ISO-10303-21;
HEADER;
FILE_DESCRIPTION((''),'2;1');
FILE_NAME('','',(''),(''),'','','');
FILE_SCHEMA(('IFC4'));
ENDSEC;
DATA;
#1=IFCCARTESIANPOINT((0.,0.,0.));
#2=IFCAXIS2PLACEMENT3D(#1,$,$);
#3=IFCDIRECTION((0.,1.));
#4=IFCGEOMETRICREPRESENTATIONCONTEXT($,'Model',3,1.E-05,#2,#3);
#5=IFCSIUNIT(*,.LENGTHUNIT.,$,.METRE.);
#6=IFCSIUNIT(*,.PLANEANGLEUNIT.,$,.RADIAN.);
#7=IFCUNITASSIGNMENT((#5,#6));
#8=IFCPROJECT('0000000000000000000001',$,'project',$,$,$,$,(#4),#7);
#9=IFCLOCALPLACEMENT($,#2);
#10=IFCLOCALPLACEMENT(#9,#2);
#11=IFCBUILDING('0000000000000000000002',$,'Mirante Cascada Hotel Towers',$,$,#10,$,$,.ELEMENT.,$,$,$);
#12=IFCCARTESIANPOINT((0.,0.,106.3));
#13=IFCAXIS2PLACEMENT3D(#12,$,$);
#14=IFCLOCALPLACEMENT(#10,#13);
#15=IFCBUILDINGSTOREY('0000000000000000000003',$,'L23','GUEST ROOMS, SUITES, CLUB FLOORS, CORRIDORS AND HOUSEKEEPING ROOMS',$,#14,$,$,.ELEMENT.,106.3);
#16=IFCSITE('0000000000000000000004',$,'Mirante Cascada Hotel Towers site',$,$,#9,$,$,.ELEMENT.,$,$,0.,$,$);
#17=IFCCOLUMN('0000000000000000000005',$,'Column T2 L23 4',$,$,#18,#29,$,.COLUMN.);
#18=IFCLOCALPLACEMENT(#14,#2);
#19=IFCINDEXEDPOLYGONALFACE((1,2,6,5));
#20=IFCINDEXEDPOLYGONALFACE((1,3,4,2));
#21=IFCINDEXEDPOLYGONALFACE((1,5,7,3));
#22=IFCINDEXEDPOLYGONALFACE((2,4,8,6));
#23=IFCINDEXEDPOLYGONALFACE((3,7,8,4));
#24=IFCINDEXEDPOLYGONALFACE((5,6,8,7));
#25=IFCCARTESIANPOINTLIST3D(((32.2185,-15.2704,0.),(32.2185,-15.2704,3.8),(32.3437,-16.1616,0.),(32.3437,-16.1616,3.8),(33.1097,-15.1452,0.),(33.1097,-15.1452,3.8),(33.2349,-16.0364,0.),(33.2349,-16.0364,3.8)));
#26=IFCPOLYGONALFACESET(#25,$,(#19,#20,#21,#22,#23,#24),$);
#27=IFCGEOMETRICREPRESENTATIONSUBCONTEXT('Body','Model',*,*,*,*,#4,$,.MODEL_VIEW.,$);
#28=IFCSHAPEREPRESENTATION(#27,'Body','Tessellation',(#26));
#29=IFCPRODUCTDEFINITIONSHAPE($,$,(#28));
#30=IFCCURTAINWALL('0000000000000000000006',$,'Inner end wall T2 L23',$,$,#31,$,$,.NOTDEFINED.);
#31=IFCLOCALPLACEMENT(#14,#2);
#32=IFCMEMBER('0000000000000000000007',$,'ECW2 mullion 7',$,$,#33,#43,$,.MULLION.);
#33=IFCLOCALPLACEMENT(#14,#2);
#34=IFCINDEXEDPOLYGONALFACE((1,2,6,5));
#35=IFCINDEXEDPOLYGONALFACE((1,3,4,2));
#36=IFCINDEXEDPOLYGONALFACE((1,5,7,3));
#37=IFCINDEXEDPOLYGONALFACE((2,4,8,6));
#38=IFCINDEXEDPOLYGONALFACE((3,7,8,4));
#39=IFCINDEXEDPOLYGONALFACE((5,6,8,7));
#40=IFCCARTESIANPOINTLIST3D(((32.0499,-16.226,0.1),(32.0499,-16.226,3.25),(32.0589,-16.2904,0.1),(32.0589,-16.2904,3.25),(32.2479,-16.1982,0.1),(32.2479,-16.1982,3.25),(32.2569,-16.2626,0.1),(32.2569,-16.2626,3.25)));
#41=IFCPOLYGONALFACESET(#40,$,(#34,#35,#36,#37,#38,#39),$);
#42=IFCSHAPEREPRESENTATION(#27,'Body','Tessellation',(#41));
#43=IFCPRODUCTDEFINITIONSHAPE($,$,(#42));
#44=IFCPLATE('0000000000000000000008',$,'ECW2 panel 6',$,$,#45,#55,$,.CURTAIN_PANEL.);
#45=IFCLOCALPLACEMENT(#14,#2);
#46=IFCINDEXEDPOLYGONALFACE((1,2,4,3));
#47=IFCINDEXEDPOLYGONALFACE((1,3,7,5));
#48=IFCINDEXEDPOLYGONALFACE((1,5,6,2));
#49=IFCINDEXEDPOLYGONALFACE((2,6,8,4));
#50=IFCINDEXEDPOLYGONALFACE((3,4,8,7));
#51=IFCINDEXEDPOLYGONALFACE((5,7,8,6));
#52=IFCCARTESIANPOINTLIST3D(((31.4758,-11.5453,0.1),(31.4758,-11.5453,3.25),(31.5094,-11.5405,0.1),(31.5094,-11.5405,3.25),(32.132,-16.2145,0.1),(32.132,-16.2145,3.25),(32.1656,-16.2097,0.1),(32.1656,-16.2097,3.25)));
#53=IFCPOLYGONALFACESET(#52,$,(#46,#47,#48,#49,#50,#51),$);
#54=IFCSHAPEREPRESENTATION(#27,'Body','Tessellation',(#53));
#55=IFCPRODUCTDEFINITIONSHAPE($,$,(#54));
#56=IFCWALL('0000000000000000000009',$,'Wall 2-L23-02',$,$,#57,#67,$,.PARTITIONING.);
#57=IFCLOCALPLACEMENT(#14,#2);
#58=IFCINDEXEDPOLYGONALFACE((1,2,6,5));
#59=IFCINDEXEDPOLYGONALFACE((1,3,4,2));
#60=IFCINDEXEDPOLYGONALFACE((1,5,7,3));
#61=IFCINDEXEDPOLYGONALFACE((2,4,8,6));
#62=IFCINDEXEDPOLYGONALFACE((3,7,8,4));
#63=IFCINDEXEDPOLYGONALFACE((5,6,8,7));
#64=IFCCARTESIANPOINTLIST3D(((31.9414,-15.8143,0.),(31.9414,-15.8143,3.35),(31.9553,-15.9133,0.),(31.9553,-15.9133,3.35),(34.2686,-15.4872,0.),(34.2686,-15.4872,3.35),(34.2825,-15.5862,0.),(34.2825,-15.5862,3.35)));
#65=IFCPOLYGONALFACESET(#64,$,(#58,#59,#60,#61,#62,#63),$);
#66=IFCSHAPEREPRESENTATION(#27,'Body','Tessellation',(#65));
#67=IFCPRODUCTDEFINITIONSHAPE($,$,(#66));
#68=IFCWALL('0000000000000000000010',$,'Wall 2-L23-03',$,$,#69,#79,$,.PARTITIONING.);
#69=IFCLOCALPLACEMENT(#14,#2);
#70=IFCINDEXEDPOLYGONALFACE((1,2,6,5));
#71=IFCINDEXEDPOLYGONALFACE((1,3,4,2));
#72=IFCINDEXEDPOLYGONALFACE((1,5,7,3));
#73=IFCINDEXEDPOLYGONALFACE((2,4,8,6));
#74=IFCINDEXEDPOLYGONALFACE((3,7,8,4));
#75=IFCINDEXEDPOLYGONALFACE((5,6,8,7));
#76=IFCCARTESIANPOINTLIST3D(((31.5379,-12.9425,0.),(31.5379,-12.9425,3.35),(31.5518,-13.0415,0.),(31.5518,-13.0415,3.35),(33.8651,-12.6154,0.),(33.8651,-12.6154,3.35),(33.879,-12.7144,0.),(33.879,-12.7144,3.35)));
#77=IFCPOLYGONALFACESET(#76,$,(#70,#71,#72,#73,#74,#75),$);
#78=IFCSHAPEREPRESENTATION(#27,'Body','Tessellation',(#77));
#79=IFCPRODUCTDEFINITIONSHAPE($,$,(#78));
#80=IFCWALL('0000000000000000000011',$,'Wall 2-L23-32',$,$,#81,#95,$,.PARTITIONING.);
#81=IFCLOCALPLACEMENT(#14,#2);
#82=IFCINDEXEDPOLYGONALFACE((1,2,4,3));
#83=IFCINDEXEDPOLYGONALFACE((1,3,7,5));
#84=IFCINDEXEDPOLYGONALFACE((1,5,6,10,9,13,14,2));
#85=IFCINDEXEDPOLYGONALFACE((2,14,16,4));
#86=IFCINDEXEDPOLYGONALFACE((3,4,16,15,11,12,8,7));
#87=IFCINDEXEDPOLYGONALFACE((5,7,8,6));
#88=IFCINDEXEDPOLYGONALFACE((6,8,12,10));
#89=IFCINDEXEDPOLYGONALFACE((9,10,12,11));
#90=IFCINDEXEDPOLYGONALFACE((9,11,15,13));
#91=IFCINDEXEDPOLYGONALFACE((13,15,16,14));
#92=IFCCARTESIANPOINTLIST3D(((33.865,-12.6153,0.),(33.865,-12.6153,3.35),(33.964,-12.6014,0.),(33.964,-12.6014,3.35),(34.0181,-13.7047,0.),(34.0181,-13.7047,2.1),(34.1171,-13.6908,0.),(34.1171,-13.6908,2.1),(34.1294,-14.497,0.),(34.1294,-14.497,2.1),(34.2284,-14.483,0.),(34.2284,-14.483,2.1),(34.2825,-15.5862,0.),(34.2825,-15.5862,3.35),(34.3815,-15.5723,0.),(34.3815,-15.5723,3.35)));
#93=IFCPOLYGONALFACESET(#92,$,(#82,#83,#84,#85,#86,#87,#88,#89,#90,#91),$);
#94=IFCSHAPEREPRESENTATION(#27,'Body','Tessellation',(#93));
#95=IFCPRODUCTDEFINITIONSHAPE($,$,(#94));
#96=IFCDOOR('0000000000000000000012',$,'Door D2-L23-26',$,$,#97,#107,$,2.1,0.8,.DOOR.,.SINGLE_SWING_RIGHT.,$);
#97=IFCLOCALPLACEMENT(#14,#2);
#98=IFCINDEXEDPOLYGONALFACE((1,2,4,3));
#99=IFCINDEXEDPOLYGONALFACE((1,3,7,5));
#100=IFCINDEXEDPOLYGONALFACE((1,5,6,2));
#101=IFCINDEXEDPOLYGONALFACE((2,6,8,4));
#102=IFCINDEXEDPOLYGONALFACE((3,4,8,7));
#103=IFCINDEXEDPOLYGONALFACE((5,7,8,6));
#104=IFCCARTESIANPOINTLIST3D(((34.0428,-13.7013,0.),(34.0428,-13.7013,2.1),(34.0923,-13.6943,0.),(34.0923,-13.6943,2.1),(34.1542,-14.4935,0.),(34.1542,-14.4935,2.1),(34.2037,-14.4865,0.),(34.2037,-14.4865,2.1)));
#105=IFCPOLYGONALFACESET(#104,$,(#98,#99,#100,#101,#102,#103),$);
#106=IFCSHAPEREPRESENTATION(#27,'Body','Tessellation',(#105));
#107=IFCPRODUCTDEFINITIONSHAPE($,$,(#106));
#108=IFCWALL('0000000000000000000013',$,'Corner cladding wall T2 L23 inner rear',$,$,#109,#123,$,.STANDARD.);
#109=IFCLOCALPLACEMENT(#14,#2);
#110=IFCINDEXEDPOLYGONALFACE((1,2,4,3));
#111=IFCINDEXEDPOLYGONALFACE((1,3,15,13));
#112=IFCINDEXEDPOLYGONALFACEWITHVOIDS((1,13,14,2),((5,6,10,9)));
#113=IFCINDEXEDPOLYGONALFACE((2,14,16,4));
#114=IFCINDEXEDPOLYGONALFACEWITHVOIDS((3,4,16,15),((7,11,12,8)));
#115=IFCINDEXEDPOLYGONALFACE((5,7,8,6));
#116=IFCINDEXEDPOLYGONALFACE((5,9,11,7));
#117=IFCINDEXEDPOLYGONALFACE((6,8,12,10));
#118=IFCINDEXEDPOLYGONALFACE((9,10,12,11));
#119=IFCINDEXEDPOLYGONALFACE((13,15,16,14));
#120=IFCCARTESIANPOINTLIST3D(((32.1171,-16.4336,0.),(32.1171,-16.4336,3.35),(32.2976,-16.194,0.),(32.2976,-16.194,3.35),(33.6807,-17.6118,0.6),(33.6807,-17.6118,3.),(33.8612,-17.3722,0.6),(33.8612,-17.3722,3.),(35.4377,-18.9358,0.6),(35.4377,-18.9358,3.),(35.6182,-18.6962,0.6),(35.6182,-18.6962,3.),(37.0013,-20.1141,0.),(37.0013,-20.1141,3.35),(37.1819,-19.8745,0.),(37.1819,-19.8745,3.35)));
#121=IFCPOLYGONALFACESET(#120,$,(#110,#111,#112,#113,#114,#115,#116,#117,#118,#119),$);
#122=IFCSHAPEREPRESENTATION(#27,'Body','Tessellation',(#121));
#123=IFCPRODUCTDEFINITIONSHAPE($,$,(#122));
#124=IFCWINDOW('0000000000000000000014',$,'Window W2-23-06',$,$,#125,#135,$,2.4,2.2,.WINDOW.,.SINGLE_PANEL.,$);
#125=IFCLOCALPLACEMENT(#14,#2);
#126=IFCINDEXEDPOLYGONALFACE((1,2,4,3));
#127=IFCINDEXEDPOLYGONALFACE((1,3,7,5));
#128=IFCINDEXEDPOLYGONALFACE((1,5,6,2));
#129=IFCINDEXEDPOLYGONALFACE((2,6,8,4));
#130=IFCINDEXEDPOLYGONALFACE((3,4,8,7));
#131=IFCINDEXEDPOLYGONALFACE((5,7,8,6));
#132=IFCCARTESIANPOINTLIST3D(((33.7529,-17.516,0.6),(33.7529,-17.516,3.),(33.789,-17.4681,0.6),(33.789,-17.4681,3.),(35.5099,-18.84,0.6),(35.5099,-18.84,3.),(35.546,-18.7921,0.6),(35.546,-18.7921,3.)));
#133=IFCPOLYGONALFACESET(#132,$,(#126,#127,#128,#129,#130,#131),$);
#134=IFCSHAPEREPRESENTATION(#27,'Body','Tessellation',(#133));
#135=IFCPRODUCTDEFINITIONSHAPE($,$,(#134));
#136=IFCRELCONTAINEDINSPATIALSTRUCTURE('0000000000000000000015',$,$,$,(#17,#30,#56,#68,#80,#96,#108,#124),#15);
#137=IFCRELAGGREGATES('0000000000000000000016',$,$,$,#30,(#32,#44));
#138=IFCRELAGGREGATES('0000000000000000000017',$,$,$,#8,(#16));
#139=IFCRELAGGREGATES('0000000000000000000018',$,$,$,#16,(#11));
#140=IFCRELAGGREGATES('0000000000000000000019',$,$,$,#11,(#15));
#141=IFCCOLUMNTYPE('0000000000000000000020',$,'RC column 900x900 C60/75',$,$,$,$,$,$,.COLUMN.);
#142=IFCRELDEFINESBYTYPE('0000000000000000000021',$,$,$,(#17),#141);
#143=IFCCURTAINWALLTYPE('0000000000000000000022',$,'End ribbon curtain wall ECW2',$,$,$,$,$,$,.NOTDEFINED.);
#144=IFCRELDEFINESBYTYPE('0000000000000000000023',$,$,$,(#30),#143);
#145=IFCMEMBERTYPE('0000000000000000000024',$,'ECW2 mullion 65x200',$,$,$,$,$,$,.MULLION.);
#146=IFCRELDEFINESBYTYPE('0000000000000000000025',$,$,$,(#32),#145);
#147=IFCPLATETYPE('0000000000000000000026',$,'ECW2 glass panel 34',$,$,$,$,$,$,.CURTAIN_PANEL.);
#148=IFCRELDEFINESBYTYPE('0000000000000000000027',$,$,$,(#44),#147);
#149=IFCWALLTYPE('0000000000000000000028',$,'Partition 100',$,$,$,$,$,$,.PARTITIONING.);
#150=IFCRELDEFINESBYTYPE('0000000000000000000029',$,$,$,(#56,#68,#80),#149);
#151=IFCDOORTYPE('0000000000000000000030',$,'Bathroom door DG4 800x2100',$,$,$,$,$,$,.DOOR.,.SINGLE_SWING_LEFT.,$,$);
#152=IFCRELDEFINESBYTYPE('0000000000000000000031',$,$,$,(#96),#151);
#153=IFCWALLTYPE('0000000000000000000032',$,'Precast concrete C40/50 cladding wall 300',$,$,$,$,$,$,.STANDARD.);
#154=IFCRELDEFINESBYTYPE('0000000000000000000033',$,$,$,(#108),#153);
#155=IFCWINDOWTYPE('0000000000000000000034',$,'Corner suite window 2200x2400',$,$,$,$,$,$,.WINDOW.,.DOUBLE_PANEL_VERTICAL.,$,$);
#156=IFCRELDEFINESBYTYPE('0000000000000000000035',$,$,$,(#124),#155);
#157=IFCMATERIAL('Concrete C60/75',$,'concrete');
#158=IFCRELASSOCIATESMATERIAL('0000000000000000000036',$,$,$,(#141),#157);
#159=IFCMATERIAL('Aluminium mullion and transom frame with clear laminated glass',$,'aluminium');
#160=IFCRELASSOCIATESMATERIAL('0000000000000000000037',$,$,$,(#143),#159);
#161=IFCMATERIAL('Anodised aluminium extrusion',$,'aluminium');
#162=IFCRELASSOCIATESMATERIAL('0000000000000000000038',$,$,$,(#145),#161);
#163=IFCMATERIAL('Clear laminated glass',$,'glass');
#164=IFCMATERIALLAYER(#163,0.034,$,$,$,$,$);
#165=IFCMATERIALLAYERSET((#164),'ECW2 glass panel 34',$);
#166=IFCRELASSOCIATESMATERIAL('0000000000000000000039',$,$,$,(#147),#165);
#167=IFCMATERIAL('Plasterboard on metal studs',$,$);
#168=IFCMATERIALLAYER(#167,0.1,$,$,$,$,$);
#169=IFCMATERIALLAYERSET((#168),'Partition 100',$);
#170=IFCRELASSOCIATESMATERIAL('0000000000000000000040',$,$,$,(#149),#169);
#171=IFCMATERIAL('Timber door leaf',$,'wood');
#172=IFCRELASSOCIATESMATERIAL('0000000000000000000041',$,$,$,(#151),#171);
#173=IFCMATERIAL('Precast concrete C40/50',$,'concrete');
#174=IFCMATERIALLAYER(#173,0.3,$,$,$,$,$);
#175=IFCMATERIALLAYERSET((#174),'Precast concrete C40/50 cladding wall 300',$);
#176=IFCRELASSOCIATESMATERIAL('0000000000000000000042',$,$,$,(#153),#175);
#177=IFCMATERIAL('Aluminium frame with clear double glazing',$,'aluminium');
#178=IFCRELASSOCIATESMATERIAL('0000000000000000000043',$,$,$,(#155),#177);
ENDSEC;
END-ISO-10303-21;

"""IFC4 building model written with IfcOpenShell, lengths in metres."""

from ifc_helpers import new_model, si_unit, direction, frame, frame_2d, origin, origin_2d, place, context, subcontext, project, spatial, rectangle, extrude, material, layer, layer_set, material_profile, profile_set, type_object, element, fill, aggregate, save


model = new_model("IFC4")

# Units and contexts
model_context = context("Model", 3, precision=1e-05, world=origin(), true_north=direction((0.0, 1.0)))
body_context = subcontext(model_context, "Body", "Model", "MODEL_VIEW")
ifc_project = project(units=[si_unit("LENGTHUNIT", "METRE"), si_unit("PLANEANGLEUNIT", "RADIAN")], contexts=[model_context])

# Site, building, storey
site_placement = place(None, origin())
site = spatial("IfcSite", under=ifc_project, at=site_placement, Name="Mirante Cascada Hotel Towers site", CompositionType="ELEMENT", RefElevation=0.0)
building_placement = place(site_placement, origin())
building = spatial("IfcBuilding", under=site, at=building_placement, Name="Mirante Cascada Hotel Towers", CompositionType="ELEMENT")
storey_placement = place(building_placement, frame((0.0, 0.0, 106.3)))
storey = spatial("IfcBuildingStorey", under=building, at=storey_placement, Name="L23", Description="GUEST ROOMS, SUITES, CLUB FLOORS, CORRIDORS AND HOUSEKEEPING ROOMS", CompositionType="ELEMENT", Elevation=106.3)

# Column
ifc_material_1 = material(Name="Concrete C60/75", Category="concrete")
ifc_material_profile_1 = material_profile(ifc_material_1, rectangle(XDim=0.9, YDim=0.9, at=origin_2d()), Name="RC column 900x900 C60/75")
ifc_profile_set_1 = profile_set([ifc_material_profile_1], Name="Concrete C60/75")
column_type = type_object("IfcColumnType", Name="RC column 900x900 C60/75", PredefinedType="COLUMN", material=ifc_profile_set_1)
column_placement = place(storey_placement, frame((32.7267, -15.6534, 0.0), z_axis=(0.0, 0.0, 1.0), x_axis=(0.990268, 0.139173, 0.0)))
element("IfcColumn", 1, at=column_placement, inside=storey, type_object=column_type, Name="Column T2 L23 4", PredefinedType="COLUMN", context=body_context, shape_type="SweptSolid", body=[
    extrude(rectangle(XDim=0.9, YDim=0.9, at=origin_2d()), origin(), (0.0, 0.0, 1.0), 3.8),
])

# Curtain wall, member, plate
ifc_material_2 = material(Name="Aluminium mullion and transom frame with clear laminated glass", Category="aluminium")
curtain_wall_type = type_object("IfcCurtainWallType", Name="End ribbon curtain wall ECW2", PredefinedType="NOTDEFINED", material=ifc_material_2)
curtain_wall_placement = place(storey_placement, origin())
curtain_wall = element("IfcCurtainWall", 2, at=curtain_wall_placement, inside=storey, type_object=curtain_wall_type, Name="Inner end wall T2 L23", PredefinedType="NOTDEFINED")
ifc_material_3 = material(Name="Anodised aluminium extrusion", Category="aluminium")
ifc_material_profile_2 = material_profile(ifc_material_3, rectangle(XDim=0.2, YDim=0.065, at=origin_2d()), Name="ECW2 MULLION 65x200")
ifc_profile_set_2 = profile_set([ifc_material_profile_2], Name="Anodised aluminium extrusion")
member_type = type_object("IfcMemberType", Name="ECW2 mullion 65x200", PredefinedType="MULLION", material=ifc_profile_set_2)
member_placement = place(storey_placement, frame((32.1534, -16.2443, 0.1), z_axis=(0.0, 0.0, 1.0), x_axis=(0.990268, 0.139173, 0.0)))
member = element("IfcMember", 3, at=member_placement, type_object=member_type, Name="ECW2 mullion 7", PredefinedType="MULLION", context=body_context, shape_type="SweptSolid", body=[
    extrude(rectangle(XDim=0.2, YDim=0.065, at=origin_2d()), origin(), (0.0, 0.0, 1.0), 3.15),
])
ifc_material_4 = material(Name="Clear laminated glass", Category="glass")
ifc_layer_1 = layer(ifc_material_4, 0.034)
ifc_layer_set_1 = layer_set([ifc_layer_1], Name="ECW2 glass panel 34")
plate_type = type_object("IfcPlateType", Name="ECW2 glass panel 34", PredefinedType="CURTAIN_PANEL", material=ifc_layer_set_1)
plate_placement = place(storey_placement, frame((31.8207, -13.8775, 0.1), z_axis=(0.0, 0.0, 1.0), x_axis=(0.139173, -0.990268, 0.0)))
plate = element("IfcPlate", 4, at=plate_placement, type_object=plate_type, Name="ECW2 panel 6", PredefinedType="CURTAIN_PANEL", context=body_context, shape_type="SweptSolid", body=[
    extrude(rectangle(XDim=4.7151, YDim=0.034, at=origin_2d()), origin(), (0.0, 0.0, 1.0), 3.15),
])
aggregate(curtain_wall, [member, plate])

# Walls
ifc_material_5 = material(Name="Plasterboard on metal studs")
ifc_layer_2 = layer(ifc_material_5, 0.1)
ifc_layer_set_2 = layer_set([ifc_layer_2], Name="Partition 100")
wall_type_1 = type_object("IfcWallType", Name="Partition 100", PredefinedType="PARTITIONING", material=ifc_layer_set_2)
for number, where, z_axis, x_axis, name in (
    (5, (31.9484, -15.8638, 0.0), (0.0, 0.0, 1.0), (0.990266, 0.139187, 0.0), "Wall 2-L23-02"),
    (6, (33.872, -12.6649, 0.0), (0.0, 0.0, 1.0), (-0.990266, -0.139187, 0.0), "Wall 2-L23-03"),
):
    element("IfcWall", number, at=place(storey_placement, frame(where, z_axis=z_axis, x_axis=x_axis)), inside=storey, type_object=wall_type_1, Name=name, PredefinedType="PARTITIONING", context=body_context, shape_type="SweptSolid", body=[
        extrude(rectangle(XDim=2.3501, YDim=0.1, at=frame_2d((1.175, 0.0))), origin(), (0.0, 0.0, 1.0), 3.35),
    ])

# Wall, opening, door
wall_1_placement = place(storey_placement, frame((34.332, -15.5793, 0.0), z_axis=(0.0, 0.0, 1.0), x_axis=(-0.139162, 0.99027, 0.0)))
wall_1 = element("IfcWall", 7, at=wall_1_placement, inside=storey, type_object=wall_type_1, Name="Wall 2-L23-32", PredefinedType="PARTITIONING", context=body_context, shape_type="SweptSolid", body=[
    extrude(rectangle(XDim=3.0001, YDim=0.1, at=frame_2d((1.5001, 0.0))), origin(), (0.0, 0.0, 1.0), 3.35),
])
opening_1_placement = place(wall_1_placement, frame((1.1, 0.0, 0.0)))
opening_1 = element("IfcOpeningElement", 8, at=opening_1_placement, cuts=wall_1, PredefinedType="OPENING", context=body_context, shape_type="SweptSolid", body=[
    extrude(rectangle(XDim=0.8, YDim=2.1, at=frame_2d((0.4, 1.05))), frame((0.0, 0.05, 0.0), z_axis=(0.0, -1.0, 0.0), x_axis=(1.0, 0.0, 0.0)), (0.0, 0.0, 1.0), 0.1),
])
ifc_material_6 = material(Name="Timber door leaf", Category="wood")
door_type = type_object("IfcDoorType", Name="Bathroom door DG4 800x2100", OperationType="SINGLE_SWING_LEFT", PredefinedType="DOOR", material=ifc_material_6)
door_placement = place(opening_1_placement, frame((0.8, 0.0, 0.0), z_axis=(0.0, 0.0, 1.0), x_axis=(-1.0, 0.0, 0.0)))
door = element("IfcDoor", 9, at=door_placement, inside=storey, type_object=door_type, Name="Door D2-L23-26", OperationType="SINGLE_SWING_RIGHT", OverallHeight=2.1, OverallWidth=0.8, PredefinedType="DOOR", context=body_context, shape_type="SweptSolid", body=[
    extrude(rectangle(XDim=0.8, YDim=2.1, at=frame_2d((0.4, 1.05))), frame((0.0, 0.025, 0.0), z_axis=(0.0, -1.0, 0.0), x_axis=(1.0, 0.0, 0.0)), (0.0, 0.0, 1.0), 0.05),
])
fill(opening_1, door)

# Wall, opening, window
ifc_material_7 = material(Name="Precast concrete C40/50", Category="concrete")
ifc_layer_3 = layer(ifc_material_7, 0.3)
ifc_layer_set_3 = layer_set([ifc_layer_3], Name="Precast concrete C40/50 cladding wall 300")
wall_type_2 = type_object("IfcWallType", Name="Precast concrete C40/50 cladding wall 300", PredefinedType="STANDARD", material=ifc_layer_set_3)
wall_2_placement = place(storey_placement, frame((32.2074, -16.3138, 0.0), z_axis=(0.0, 0.0, 1.0), x_axis=(0.798636, -0.601814, 0.0)))
wall_2 = element("IfcWall", 10, at=wall_2_placement, inside=storey, type_object=wall_type_2, Name="Corner cladding wall T2 L23 inner rear", PredefinedType="STANDARD", context=body_context, shape_type="SweptSolid", body=[
    extrude(rectangle(XDim=6.1157, YDim=0.3, at=frame_2d((3.0578, 0.0))), origin(), (0.0, 0.0, 1.0), 3.35),
])
opening_2_placement = place(wall_2_placement, frame((1.9578, 0.0, 0.6)))
opening_2 = element("IfcOpeningElement", 11, at=opening_2_placement, cuts=wall_2, PredefinedType="OPENING", context=body_context, shape_type="SweptSolid", body=[
    extrude(rectangle(XDim=2.2, YDim=2.4, at=frame_2d((1.1, 1.2))), frame((0.0, 0.15, 0.0), z_axis=(0.0, -1.0, 0.0), x_axis=(1.0, 0.0, 0.0)), (0.0, 0.0, 1.0), 0.3),
])
ifc_material_8 = material(Name="Aluminium frame with clear double glazing", Category="aluminium")
window_type = type_object("IfcWindowType", Name="Corner suite window 2200x2400", PartitioningType="DOUBLE_PANEL_VERTICAL", PredefinedType="WINDOW", material=ifc_material_8)
window_placement = place(opening_2_placement, origin())
window = element("IfcWindow", 12, at=window_placement, inside=storey, type_object=window_type, Name="Window W2-23-06", OverallHeight=2.4, OverallWidth=2.2, PartitioningType="SINGLE_PANEL", PredefinedType="WINDOW", context=body_context, shape_type="SweptSolid", body=[
    extrude(rectangle(XDim=2.2, YDim=2.4, at=frame_2d((1.1, 1.2))), frame((0.0, 0.03, 0.0), z_axis=(0.0, -1.0, 0.0), x_axis=(1.0, 0.0, 0.0)), (0.0, 0.0, 1.0), 0.06),
])
fill(opening_2, window)

save(model, "model.ifc")
